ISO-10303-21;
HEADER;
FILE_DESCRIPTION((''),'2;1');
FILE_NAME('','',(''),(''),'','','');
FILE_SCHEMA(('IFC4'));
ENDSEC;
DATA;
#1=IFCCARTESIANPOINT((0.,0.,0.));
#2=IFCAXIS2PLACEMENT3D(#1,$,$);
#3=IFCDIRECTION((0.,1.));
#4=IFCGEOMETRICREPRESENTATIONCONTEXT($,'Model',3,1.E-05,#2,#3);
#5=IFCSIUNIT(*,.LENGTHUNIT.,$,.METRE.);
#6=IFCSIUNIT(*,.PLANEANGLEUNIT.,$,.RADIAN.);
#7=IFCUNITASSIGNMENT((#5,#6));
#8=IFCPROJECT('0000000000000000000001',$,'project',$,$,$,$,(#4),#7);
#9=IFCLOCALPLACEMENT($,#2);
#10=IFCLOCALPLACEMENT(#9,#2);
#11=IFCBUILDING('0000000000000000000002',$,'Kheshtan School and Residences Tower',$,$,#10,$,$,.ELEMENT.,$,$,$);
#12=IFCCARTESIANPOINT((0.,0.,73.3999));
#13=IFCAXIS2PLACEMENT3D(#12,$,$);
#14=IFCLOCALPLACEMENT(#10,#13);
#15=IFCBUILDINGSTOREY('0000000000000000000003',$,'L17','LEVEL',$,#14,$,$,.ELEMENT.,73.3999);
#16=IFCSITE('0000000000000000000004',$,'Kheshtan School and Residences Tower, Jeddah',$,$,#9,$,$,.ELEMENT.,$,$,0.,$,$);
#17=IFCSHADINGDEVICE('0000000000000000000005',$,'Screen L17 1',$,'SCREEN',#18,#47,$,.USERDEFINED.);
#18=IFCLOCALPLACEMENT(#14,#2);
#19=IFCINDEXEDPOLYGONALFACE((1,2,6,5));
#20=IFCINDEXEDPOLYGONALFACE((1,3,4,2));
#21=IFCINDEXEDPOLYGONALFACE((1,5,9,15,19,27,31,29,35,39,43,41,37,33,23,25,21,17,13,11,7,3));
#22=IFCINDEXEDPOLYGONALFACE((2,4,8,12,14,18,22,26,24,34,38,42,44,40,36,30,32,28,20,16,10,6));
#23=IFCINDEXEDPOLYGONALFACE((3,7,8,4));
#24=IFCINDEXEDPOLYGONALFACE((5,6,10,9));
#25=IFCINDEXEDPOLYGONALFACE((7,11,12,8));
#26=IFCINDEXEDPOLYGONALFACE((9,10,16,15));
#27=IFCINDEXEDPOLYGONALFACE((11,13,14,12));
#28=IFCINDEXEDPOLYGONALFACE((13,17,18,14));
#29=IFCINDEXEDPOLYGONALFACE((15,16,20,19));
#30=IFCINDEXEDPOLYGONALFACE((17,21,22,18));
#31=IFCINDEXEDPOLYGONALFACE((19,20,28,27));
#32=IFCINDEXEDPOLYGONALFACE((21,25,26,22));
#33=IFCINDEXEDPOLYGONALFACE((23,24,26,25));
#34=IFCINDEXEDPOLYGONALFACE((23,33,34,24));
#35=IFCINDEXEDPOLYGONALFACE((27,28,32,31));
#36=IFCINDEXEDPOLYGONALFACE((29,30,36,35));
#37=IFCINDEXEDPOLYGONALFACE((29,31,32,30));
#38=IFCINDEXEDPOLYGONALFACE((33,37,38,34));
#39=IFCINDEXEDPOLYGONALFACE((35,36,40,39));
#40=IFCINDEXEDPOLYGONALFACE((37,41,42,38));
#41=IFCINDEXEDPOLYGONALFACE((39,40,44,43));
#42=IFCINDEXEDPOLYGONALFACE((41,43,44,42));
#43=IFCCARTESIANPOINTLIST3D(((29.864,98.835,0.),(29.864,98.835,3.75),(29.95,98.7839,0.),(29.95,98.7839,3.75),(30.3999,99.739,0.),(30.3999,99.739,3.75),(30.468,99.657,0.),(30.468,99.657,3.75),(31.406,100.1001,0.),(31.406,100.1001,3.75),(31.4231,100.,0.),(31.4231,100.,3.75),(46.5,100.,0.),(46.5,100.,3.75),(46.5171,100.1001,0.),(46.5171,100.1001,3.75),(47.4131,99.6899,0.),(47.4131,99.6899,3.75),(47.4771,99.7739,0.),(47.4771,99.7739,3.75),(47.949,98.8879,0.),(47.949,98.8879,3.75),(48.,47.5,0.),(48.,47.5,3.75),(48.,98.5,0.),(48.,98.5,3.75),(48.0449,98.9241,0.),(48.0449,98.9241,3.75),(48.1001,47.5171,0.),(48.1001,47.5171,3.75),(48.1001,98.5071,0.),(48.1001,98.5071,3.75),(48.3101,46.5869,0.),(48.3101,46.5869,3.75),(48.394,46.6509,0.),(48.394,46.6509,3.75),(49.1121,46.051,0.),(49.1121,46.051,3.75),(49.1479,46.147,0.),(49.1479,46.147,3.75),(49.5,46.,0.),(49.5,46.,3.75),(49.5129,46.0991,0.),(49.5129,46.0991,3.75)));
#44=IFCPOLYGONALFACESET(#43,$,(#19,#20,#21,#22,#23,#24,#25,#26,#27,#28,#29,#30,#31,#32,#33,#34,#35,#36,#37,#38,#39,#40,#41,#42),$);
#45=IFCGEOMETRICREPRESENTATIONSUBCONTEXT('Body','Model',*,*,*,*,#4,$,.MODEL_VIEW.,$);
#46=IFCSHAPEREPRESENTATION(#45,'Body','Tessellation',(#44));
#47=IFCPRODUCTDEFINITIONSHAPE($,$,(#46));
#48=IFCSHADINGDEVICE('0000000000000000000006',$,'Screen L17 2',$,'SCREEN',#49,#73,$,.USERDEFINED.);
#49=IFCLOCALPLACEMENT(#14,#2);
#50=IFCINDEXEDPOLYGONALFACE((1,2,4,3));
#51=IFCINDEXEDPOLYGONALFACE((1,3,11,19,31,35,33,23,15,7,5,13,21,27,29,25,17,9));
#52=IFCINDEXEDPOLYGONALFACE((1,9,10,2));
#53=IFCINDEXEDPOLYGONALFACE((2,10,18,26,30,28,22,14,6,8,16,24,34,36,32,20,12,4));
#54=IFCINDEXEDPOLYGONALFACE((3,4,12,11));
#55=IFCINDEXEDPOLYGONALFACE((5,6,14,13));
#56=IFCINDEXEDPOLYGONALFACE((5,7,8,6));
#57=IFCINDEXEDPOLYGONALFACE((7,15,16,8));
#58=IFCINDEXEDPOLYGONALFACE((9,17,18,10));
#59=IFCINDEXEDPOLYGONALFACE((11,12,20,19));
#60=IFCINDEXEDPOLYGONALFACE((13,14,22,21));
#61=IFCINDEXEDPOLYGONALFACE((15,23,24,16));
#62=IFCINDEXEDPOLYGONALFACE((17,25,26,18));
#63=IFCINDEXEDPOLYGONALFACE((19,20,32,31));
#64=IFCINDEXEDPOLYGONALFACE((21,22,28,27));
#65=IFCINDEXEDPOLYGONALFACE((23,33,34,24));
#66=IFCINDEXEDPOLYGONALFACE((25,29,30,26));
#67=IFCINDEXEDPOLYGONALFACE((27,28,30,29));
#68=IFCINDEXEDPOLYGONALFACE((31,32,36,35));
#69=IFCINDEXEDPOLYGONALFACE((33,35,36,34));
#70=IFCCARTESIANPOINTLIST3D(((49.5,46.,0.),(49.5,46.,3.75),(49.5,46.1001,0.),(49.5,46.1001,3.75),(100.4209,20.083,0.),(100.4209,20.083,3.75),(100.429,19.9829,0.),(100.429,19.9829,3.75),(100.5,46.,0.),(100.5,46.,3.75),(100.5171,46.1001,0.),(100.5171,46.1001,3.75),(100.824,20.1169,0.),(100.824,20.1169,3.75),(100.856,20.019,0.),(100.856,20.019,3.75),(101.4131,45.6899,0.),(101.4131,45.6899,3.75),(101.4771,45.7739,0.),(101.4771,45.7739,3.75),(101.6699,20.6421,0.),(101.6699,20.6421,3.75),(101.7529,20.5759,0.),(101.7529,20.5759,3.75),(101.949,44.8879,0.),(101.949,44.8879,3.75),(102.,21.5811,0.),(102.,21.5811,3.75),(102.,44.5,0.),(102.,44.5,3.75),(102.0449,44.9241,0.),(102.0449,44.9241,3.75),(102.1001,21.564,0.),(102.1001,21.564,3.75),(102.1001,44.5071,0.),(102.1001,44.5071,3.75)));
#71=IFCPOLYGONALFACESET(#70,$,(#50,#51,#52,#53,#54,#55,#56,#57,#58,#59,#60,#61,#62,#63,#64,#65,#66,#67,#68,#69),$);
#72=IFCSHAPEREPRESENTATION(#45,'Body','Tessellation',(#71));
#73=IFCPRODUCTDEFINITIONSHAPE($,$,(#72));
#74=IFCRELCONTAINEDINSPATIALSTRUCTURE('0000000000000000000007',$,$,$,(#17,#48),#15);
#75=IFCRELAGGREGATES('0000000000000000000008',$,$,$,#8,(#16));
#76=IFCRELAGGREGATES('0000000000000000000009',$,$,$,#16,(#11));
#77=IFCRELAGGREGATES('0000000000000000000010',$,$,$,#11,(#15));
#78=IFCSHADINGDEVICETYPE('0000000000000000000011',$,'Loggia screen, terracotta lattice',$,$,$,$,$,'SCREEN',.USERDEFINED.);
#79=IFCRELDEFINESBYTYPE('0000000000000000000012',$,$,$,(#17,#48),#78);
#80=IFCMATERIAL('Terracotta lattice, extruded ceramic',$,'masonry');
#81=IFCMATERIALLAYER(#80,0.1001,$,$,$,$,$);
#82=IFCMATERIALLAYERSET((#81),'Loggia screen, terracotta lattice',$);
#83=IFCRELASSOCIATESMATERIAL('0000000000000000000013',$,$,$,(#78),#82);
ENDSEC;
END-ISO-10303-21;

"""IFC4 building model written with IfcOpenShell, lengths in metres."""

from ifc_helpers import new_model, si_unit, direction, frame, origin, place, context, subcontext, project, spatial, polyline, outline, extrude, material, layer, layer_set, type_object, element, save


model = new_model("IFC4")

# Units and contexts
model_context = context("Model", 3, precision=1e-05, world=origin(), true_north=direction((0.0, 1.0)))
body_context = subcontext(model_context, "Body", "Model", "MODEL_VIEW")
ifc_project = project(units=[si_unit("LENGTHUNIT", "METRE"), si_unit("PLANEANGLEUNIT", "RADIAN")], contexts=[model_context])

# Site, building, storey
site_placement = place(None, origin())
site = spatial("IfcSite", under=ifc_project, at=site_placement, Name="Kheshtan School and Residences Tower, Jeddah", CompositionType="ELEMENT", RefElevation=0.0)
building_placement = place(site_placement, origin())
building = spatial("IfcBuilding", under=site, at=building_placement, Name="Kheshtan School and Residences Tower", CompositionType="ELEMENT")
storey_placement = place(building_placement, frame((0.0, 0.0, 73.3999)))
storey = spatial("IfcBuildingStorey", under=building, at=storey_placement, Name="L17", Description="LEVEL", CompositionType="ELEMENT", Elevation=73.3999)

# Shading devices
ifc_material_1 = material(Name="Terracotta lattice, extruded ceramic", Category="masonry")
ifc_layer_1 = layer(ifc_material_1, 0.1001)
ifc_layer_set_1 = layer_set([ifc_layer_1], Name="Loggia screen, terracotta lattice")
shading_device_type_1 = type_object("IfcShadingDeviceType", Name="Loggia screen, terracotta lattice", ElementType="SCREEN", PredefinedType="USERDEFINED", material=ifc_layer_set_1)
shading_device_1_placement = place(storey_placement, origin())
element("IfcShadingDevice", 1, at=shading_device_1_placement, inside=storey, type_object=shading_device_type_1, Name="Screen L17 1", ObjectType="SCREEN", PredefinedType="USERDEFINED", context=body_context, shape_type="SweptSolid", body=[
    extrude(outline(polyline([(29.95, 98.7839), (30.468, 99.657), (31.4231, 100.0), (46.5, 100.0), (47.4131, 99.6899), (47.949, 98.8879), (48.0, 98.5), (48.0, 47.5), (48.3101, 46.5869), (49.1121, 46.051), (49.5, 46.0), (49.5129, 46.0991), (49.1479, 46.147), (48.394, 46.6509), (48.1001, 47.5171), (48.1001, 98.5071), (48.0449, 98.9241), (47.4771, 99.7739), (46.5171, 100.1001), (31.406, 100.1001), (30.3999, 99.739), (29.864, 98.835), (29.95, 98.7839)])), origin(), (0.0, 0.0, 1.0), 3.75),
])
shading_device_2_placement = place(storey_placement, origin())
element("IfcShadingDevice", 2, at=shading_device_2_placement, inside=storey, type_object=shading_device_type_1, Name="Screen L17 2", ObjectType="SCREEN", PredefinedType="USERDEFINED", context=body_context, shape_type="SweptSolid", body=[
    extrude(outline(polyline([(49.5, 46.0), (100.5, 46.0), (101.4131, 45.6899), (101.949, 44.8879), (102.0, 44.5), (102.0, 21.5811), (101.6699, 20.6421), (100.824, 20.1169), (100.4209, 20.083), (100.429, 19.9829), (100.856, 20.019), (101.7529, 20.5759), (102.1001, 21.564), (102.1001, 44.5071), (102.0449, 44.9241), (101.4771, 45.7739), (100.5171, 46.1001), (49.5, 46.1001), (49.5, 46.0)])), origin(), (0.0, 0.0, 1.0), 3.75),
])

save(model, "model.ifc")
